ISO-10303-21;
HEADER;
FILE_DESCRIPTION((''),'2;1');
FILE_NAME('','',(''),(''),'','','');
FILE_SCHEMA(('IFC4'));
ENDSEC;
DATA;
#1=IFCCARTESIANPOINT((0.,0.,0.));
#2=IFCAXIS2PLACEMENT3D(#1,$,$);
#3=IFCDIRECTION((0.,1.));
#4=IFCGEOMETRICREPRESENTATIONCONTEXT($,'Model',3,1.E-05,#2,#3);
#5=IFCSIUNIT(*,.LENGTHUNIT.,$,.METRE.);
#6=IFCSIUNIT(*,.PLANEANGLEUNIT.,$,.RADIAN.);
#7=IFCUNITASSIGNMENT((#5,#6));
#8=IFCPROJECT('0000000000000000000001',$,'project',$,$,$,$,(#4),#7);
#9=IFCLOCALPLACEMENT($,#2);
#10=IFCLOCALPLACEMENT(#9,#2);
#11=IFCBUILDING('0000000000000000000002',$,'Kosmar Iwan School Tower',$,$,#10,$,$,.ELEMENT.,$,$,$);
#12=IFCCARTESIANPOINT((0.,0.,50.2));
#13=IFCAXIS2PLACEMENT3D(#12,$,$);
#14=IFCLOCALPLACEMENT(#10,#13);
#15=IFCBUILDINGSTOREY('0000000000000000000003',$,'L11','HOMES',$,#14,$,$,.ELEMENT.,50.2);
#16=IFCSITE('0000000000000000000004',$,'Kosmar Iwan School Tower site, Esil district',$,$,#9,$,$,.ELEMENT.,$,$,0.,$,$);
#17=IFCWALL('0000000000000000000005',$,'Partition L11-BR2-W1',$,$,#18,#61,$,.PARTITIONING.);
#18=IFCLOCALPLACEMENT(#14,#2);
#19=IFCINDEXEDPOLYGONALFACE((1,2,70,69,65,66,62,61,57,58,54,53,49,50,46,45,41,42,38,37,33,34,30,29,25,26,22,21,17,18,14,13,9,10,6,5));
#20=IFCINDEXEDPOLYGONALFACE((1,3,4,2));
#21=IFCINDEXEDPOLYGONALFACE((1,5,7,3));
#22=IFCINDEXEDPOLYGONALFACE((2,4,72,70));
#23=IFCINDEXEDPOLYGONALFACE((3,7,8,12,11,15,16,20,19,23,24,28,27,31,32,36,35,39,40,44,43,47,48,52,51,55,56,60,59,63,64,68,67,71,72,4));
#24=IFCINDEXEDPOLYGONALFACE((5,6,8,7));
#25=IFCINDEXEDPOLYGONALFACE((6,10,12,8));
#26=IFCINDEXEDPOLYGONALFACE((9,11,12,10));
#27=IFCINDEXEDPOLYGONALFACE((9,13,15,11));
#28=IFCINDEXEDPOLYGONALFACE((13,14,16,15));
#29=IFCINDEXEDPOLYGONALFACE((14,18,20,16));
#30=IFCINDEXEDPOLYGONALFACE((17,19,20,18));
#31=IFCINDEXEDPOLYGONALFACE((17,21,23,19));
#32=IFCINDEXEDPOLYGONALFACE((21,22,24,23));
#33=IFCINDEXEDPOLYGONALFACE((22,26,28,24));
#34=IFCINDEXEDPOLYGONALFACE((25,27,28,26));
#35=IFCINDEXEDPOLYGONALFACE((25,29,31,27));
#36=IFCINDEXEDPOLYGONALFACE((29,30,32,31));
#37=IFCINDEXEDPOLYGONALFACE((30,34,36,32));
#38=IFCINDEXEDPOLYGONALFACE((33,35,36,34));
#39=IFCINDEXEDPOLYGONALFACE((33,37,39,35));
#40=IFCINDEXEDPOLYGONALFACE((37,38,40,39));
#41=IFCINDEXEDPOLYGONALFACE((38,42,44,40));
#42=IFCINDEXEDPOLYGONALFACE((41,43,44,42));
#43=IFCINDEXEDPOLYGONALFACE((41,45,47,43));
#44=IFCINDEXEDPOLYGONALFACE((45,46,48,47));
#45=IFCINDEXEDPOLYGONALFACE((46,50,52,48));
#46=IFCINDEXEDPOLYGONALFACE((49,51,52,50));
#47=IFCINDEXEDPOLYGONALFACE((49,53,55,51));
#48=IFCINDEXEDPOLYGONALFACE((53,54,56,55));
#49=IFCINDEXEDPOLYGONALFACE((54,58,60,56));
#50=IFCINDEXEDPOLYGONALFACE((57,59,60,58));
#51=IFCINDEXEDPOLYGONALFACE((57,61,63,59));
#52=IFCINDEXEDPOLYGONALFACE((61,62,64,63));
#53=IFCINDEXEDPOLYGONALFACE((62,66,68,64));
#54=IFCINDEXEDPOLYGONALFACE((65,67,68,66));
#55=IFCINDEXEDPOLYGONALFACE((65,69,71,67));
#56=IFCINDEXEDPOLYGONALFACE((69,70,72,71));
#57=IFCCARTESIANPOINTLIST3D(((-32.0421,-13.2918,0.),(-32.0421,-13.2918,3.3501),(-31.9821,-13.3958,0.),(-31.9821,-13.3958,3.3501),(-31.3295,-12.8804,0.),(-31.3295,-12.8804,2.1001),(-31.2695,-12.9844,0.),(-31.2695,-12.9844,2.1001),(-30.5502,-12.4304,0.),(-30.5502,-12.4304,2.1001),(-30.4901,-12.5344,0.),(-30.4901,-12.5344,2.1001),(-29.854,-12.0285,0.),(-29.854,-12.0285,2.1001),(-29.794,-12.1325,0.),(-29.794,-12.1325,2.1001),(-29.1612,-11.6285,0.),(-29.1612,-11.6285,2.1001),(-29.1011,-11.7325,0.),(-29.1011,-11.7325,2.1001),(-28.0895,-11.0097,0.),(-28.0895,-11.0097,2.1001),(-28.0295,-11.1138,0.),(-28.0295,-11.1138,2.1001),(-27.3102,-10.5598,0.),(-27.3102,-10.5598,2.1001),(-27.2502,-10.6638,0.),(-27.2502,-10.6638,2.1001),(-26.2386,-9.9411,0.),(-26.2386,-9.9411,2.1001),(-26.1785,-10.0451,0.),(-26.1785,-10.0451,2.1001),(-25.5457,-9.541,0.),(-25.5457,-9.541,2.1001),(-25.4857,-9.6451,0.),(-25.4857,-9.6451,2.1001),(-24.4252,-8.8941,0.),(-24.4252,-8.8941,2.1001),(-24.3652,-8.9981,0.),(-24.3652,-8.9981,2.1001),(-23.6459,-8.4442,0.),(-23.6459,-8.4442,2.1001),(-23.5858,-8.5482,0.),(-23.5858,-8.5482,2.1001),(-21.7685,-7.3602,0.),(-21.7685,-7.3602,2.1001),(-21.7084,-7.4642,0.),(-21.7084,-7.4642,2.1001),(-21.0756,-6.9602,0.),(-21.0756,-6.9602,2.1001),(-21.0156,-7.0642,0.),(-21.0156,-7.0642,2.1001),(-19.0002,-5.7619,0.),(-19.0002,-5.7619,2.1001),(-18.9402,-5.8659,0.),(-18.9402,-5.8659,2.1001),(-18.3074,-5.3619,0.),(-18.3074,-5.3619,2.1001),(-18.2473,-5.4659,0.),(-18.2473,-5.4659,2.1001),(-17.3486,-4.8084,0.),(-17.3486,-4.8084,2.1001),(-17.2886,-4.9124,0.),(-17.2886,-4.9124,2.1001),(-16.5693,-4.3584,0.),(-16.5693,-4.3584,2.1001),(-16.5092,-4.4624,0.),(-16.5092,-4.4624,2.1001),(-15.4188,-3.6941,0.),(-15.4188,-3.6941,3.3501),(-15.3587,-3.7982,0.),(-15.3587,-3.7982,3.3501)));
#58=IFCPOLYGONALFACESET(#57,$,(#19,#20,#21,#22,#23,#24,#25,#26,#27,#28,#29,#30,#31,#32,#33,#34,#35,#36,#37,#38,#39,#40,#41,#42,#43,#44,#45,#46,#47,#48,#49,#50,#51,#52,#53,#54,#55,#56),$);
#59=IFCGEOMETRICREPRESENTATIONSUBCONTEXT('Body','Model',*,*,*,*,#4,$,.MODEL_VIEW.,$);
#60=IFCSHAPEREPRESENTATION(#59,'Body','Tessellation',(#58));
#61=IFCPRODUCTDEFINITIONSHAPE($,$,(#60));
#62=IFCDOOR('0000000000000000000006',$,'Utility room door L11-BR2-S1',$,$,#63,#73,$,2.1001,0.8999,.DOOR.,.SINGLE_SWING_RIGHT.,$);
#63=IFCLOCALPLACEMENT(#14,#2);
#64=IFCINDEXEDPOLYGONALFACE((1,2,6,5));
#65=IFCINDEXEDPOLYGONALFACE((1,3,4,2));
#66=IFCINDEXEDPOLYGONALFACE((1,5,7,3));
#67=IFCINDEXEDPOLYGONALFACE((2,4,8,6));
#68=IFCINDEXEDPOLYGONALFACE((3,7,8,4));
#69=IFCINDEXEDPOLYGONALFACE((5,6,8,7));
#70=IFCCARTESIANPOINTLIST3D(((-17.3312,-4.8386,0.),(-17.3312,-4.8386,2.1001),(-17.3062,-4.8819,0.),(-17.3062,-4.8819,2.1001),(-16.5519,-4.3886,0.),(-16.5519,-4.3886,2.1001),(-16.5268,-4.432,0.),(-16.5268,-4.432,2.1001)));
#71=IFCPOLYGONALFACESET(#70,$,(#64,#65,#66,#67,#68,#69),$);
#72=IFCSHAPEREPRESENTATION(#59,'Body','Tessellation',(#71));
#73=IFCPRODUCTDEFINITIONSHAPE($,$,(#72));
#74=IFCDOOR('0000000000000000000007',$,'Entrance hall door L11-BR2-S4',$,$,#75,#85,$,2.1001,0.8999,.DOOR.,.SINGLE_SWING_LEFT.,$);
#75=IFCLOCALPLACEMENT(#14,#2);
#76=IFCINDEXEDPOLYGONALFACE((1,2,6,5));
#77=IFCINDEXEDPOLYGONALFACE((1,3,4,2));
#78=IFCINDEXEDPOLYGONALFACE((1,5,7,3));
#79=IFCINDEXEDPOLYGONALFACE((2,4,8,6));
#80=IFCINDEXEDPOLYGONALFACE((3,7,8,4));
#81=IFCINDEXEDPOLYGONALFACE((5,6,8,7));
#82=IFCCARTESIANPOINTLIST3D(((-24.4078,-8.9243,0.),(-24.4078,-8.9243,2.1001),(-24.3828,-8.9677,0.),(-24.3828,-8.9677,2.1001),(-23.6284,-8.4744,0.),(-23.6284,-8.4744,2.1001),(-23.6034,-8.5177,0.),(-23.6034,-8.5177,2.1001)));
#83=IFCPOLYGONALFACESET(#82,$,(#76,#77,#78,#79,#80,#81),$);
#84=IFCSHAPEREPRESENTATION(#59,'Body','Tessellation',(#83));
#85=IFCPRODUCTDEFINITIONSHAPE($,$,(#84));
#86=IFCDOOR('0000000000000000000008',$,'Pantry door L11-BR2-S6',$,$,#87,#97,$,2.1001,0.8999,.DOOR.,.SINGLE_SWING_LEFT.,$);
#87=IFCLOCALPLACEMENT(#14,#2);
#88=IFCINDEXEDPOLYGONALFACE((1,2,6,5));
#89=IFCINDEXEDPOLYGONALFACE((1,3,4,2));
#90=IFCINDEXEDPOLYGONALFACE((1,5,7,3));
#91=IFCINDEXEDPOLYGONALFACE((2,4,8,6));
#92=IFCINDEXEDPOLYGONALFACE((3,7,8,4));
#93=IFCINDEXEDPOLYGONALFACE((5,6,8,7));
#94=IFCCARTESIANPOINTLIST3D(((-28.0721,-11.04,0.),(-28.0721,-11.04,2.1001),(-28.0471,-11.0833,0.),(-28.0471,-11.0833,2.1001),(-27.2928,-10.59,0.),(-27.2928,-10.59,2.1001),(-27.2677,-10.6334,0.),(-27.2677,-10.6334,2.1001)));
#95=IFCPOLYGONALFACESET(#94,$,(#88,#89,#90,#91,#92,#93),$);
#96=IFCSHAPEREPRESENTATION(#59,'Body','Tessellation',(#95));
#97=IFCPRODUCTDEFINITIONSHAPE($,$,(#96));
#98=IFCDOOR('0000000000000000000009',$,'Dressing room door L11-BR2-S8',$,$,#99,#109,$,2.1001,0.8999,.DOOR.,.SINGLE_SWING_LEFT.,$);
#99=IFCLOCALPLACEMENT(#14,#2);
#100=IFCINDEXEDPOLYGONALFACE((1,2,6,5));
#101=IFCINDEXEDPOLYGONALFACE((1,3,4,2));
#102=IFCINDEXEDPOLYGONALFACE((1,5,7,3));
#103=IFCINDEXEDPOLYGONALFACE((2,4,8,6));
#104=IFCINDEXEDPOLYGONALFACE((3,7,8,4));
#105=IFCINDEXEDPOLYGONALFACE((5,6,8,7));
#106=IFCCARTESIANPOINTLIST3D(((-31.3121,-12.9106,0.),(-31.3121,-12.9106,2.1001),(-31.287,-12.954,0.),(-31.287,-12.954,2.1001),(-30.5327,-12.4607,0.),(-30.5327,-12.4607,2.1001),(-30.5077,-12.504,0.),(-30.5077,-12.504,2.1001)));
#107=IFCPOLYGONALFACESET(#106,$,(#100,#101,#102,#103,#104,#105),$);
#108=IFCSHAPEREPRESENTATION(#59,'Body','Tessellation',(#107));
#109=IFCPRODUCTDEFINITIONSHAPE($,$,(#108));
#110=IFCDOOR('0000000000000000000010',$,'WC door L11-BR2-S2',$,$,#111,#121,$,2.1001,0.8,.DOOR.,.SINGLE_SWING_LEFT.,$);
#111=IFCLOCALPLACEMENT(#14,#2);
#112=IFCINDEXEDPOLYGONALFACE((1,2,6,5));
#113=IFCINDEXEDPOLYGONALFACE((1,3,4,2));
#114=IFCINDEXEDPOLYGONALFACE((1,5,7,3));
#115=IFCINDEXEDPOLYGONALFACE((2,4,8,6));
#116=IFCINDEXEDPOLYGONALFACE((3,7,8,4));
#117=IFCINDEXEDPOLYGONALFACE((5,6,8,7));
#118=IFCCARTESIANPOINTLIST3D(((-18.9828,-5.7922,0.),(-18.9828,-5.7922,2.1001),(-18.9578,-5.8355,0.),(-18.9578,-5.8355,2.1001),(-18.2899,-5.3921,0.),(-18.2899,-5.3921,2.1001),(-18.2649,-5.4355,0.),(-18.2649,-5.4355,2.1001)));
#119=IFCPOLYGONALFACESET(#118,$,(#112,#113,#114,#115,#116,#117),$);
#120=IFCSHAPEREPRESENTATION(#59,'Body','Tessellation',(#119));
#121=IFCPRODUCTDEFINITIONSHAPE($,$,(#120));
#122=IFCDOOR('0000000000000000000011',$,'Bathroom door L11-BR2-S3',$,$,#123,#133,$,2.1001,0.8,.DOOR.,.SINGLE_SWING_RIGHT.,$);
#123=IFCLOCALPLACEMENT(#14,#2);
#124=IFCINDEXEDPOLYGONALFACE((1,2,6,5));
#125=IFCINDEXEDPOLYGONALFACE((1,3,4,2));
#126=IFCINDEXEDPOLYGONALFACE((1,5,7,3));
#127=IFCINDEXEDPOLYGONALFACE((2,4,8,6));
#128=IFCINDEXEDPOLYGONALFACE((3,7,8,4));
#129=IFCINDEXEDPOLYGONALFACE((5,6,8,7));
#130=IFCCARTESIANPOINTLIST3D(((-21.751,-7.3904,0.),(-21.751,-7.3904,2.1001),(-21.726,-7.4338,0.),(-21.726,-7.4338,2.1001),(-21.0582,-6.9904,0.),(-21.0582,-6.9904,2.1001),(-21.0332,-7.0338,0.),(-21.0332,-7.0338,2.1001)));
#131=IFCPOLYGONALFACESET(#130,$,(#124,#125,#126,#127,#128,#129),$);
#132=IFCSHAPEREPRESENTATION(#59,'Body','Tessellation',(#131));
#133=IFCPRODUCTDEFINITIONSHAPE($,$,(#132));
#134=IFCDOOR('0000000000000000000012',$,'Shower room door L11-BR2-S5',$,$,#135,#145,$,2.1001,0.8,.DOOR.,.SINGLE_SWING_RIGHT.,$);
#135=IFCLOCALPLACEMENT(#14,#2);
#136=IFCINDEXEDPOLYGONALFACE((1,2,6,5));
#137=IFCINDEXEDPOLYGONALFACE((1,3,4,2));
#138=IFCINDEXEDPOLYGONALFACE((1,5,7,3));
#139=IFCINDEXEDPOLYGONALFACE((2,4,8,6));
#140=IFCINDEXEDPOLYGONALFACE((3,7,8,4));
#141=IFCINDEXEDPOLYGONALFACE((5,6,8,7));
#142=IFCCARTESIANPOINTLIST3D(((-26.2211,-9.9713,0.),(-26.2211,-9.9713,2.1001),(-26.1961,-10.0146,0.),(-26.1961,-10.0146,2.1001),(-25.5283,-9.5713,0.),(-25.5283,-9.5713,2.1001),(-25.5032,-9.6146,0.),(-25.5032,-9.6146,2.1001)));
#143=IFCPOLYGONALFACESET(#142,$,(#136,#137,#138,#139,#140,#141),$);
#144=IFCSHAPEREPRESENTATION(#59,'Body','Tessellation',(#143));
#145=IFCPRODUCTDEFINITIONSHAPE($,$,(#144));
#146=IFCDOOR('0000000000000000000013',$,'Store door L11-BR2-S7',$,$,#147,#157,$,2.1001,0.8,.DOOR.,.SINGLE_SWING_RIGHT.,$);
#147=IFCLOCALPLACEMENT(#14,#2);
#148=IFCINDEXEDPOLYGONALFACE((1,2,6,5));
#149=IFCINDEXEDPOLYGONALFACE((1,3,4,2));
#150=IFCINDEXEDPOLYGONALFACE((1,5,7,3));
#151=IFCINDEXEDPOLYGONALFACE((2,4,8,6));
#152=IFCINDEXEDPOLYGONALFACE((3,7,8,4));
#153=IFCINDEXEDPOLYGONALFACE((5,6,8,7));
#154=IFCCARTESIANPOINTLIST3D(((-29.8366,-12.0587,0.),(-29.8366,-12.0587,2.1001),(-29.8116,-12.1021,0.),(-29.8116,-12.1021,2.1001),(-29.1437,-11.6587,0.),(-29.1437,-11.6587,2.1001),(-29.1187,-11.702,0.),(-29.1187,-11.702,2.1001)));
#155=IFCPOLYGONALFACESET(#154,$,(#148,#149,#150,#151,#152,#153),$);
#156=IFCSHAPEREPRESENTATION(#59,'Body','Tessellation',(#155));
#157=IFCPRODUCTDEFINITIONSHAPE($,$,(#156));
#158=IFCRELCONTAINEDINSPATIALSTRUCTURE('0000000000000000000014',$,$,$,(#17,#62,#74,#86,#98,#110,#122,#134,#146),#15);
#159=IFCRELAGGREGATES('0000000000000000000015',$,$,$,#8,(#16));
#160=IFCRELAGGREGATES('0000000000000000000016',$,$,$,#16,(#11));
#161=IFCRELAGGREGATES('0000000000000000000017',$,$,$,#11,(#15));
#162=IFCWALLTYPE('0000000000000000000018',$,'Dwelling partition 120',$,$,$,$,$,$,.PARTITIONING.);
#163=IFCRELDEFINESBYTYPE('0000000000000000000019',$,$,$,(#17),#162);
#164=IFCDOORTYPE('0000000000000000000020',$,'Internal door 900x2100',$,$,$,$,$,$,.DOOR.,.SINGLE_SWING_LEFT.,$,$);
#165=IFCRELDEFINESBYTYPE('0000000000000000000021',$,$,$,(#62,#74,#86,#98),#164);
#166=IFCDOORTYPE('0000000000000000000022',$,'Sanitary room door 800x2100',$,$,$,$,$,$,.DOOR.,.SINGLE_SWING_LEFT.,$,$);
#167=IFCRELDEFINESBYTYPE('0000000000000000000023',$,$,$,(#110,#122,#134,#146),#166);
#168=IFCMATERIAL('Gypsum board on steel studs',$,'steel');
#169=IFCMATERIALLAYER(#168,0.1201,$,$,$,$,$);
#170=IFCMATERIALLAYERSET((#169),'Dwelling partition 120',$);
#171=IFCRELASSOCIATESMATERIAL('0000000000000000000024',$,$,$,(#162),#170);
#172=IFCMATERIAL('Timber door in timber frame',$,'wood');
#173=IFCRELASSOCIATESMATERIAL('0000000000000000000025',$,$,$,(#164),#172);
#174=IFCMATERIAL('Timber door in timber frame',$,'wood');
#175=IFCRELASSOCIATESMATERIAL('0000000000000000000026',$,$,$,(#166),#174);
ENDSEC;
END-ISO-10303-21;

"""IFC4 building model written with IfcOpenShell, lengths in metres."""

from ifc_helpers import new_model, si_unit, direction, frame, frame_2d, origin, place, context, subcontext, project, spatial, rectangle, extrude, material, layer, layer_set, type_object, element, fill, save


model = new_model("IFC4")

# Units and contexts
model_context = context("Model", 3, precision=1e-05, world=origin(), true_north=direction((0.0, 1.0)))
body_context = subcontext(model_context, "Body", "Model", "MODEL_VIEW")
ifc_project = project(units=[si_unit("LENGTHUNIT", "METRE"), si_unit("PLANEANGLEUNIT", "RADIAN")], contexts=[model_context])

# Site, building, storey
site_placement = place(None, origin())
site = spatial("IfcSite", under=ifc_project, at=site_placement, Name="Kosmar Iwan School Tower site, Esil district", CompositionType="ELEMENT", RefElevation=0.0)
building_placement = place(site_placement, origin())
building = spatial("IfcBuilding", under=site, at=building_placement, Name="Kosmar Iwan School Tower", CompositionType="ELEMENT")
storey_placement = place(building_placement, frame((0.0, 0.0, 50.2)))
storey = spatial("IfcBuildingStorey", under=building, at=storey_placement, Name="L11", Description="HOMES", CompositionType="ELEMENT", Elevation=50.2)

# Shared definitions
ifc_material_1 = material(Name="Gypsum board on steel studs", Category="steel")
ifc_layer_1 = layer(ifc_material_1, 0.1201)
ifc_layer_set_1 = layer_set([ifc_layer_1], Name="Dwelling partition 120")
wall_type_1 = type_object("IfcWallType", Name="Dwelling partition 120", PredefinedType="PARTITIONING", material=ifc_layer_set_1)
ifc_material_2 = material(Name="Timber door in timber frame", Category="wood")
door_type_1 = type_object("IfcDoorType", Name="Internal door 900x2100", OperationType="SINGLE_SWING_LEFT", PredefinedType="DOOR", material=ifc_material_2)
ifc_material_3 = material(Name="Timber door in timber frame", Category="wood")
door_type_2 = type_object("IfcDoorType", Name="Sanitary room door 800x2100", OperationType="SINGLE_SWING_LEFT", PredefinedType="DOOR", material=ifc_material_3)

# Wall, openings, doors
wall_1_placement = place(storey_placement, frame((-15.3887, -3.7461, 0.0), z_axis=(0.0, 0.0, 1.0), x_axis=(-0.866021, -0.500008, 0.0)))
wall_1 = element("IfcWall", 1, at=wall_1_placement, inside=storey, type_object=wall_type_1, Name="Partition L11-BR2-W1", PredefinedType="PARTITIONING", context=body_context, shape_type="SweptSolid", body=[
    extrude(rectangle(XDim=19.1951, YDim=0.1201, at=frame_2d((9.5977, 0.0))), origin(), (0.0, 0.0, 1.0), 3.3501),
])
opening_1_placement = place(wall_1_placement, frame((1.3286, 0.0, 0.0)))
opening_1 = element("IfcOpeningElement", 2, at=opening_1_placement, cuts=wall_1, PredefinedType="OPENING", context=body_context, shape_type="SweptSolid", body=[
    extrude(rectangle(XDim=0.8999, YDim=2.1001, at=frame_2d((0.45, 1.05))), frame((0.0, 0.072, 0.0), z_axis=(0.0, -1.0, 0.0), x_axis=(1.0, 0.0, 0.0)), (0.0, 0.0, 1.0), 0.144),
])
opening_2_placement = place(wall_1_placement, frame((3.3357, 0.0, 0.0)))
opening_2 = element("IfcOpeningElement", 3, at=opening_2_placement, cuts=wall_1, PredefinedType="OPENING", context=body_context, shape_type="SweptSolid", body=[
    extrude(rectangle(XDim=0.8, YDim=2.1001, at=frame_2d((0.3999, 1.05))), frame((0.0, 0.072, 0.0), z_axis=(0.0, -1.0, 0.0), x_axis=(1.0, 0.0, 0.0)), (0.0, 0.0, 1.0), 0.144),
])
opening_3_placement = place(wall_1_placement, frame((6.5322, 0.0, 0.0)))
opening_3 = element("IfcOpeningElement", 4, at=opening_3_placement, cuts=wall_1, PredefinedType="OPENING", context=body_context, shape_type="SweptSolid", body=[
    extrude(rectangle(XDim=0.8, YDim=2.1001, at=frame_2d((0.3999, 1.05))), frame((0.0, 0.072, 0.0), z_axis=(0.0, -1.0, 0.0), x_axis=(1.0, 0.0, 0.0)), (0.0, 0.0, 1.0), 0.144),
])
opening_4_placement = place(wall_1_placement, frame((9.5, 0.0, 0.0)))
opening_4 = element("IfcOpeningElement", 5, at=opening_4_placement, cuts=wall_1, PredefinedType="OPENING", context=body_context, shape_type="SweptSolid", body=[
    extrude(rectangle(XDim=0.8999, YDim=2.1001, at=frame_2d((0.45, 1.05))), frame((0.0, 0.072, 0.0), z_axis=(0.0, -1.0, 0.0), x_axis=(1.0, 0.0, 0.0)), (0.0, 0.0, 1.0), 0.144),
])
opening_5_placement = place(wall_1_placement, frame((11.6938, 0.0, 0.0)))
opening_5 = element("IfcOpeningElement", 6, at=opening_5_placement, cuts=wall_1, PredefinedType="OPENING", context=body_context, shape_type="SweptSolid", body=[
    extrude(rectangle(XDim=0.8, YDim=2.1001, at=frame_2d((0.3999, 1.05))), frame((0.0, 0.072, 0.0), z_axis=(0.0, -1.0, 0.0), x_axis=(1.0, 0.0, 0.0)), (0.0, 0.0, 1.0), 0.144),
])
opening_6_placement = place(wall_1_placement, frame((13.7312, 0.0, 0.0)))
opening_6 = element("IfcOpeningElement", 7, at=opening_6_placement, cuts=wall_1, PredefinedType="OPENING", context=body_context, shape_type="SweptSolid", body=[
    extrude(rectangle(XDim=0.8999, YDim=2.1001, at=frame_2d((0.45, 1.05))), frame((0.0, 0.072, 0.0), z_axis=(0.0, -1.0, 0.0), x_axis=(1.0, 0.0, 0.0)), (0.0, 0.0, 1.0), 0.144),
])
opening_7_placement = place(wall_1_placement, frame((15.8687, 0.0, 0.0)))
opening_7 = element("IfcOpeningElement", 8, at=opening_7_placement, cuts=wall_1, PredefinedType="OPENING", context=body_context, shape_type="SweptSolid", body=[
    extrude(rectangle(XDim=0.8, YDim=2.1001, at=frame_2d((0.3999, 1.05))), frame((0.0, 0.072, 0.0), z_axis=(0.0, -1.0, 0.0), x_axis=(1.0, 0.0, 0.0)), (0.0, 0.0, 1.0), 0.144),
])
opening_8_placement = place(wall_1_placement, frame((17.4724, 0.0, 0.0)))
opening_8 = element("IfcOpeningElement", 9, at=opening_8_placement, cuts=wall_1, PredefinedType="OPENING", context=body_context, shape_type="SweptSolid", body=[
    extrude(rectangle(XDim=0.8999, YDim=2.1001, at=frame_2d((0.45, 1.05))), frame((0.0, 0.072, 0.0), z_axis=(0.0, -1.0, 0.0), x_axis=(1.0, 0.0, 0.0)), (0.0, 0.0, 1.0), 0.144),
])
door_1_placement = place(opening_1_placement, origin())
door_1 = element("IfcDoor", 10, at=door_1_placement, inside=storey, type_object=door_type_1, Name="Utility room door L11-BR2-S1", OperationType="SINGLE_SWING_RIGHT", OverallHeight=2.1001, OverallWidth=0.8999, PredefinedType="DOOR", context=body_context, shape_type="SweptSolid", body=[
    extrude(rectangle(XDim=0.8999, YDim=2.1001, at=frame_2d((0.45, 1.05))), frame((0.0, 0.0249, 0.0), z_axis=(0.0, -1.0, 0.0), x_axis=(1.0, 0.0, 0.0)), (0.0, 0.0, 1.0), 0.05),
])
fill(opening_1, door_1)
door_2_placement = place(opening_4_placement, origin())
door_2 = element("IfcDoor", 11, at=door_2_placement, inside=storey, type_object=door_type_1, Name="Entrance hall door L11-BR2-S4", OperationType="SINGLE_SWING_LEFT", OverallHeight=2.1001, OverallWidth=0.8999, PredefinedType="DOOR", context=body_context, shape_type="SweptSolid", body=[
    extrude(rectangle(XDim=0.8999, YDim=2.1001, at=frame_2d((0.45, 1.05))), frame((0.0, 0.0249, 0.0), z_axis=(0.0, -1.0, 0.0), x_axis=(1.0, 0.0, 0.0)), (0.0, 0.0, 1.0), 0.05),
])
fill(opening_4, door_2)
door_3_placement = place(opening_6_placement, origin())
door_3 = element("IfcDoor", 12, at=door_3_placement, inside=storey, type_object=door_type_1, Name="Pantry door L11-BR2-S6", OperationType="SINGLE_SWING_LEFT", OverallHeight=2.1001, OverallWidth=0.8999, PredefinedType="DOOR", context=body_context, shape_type="SweptSolid", body=[
    extrude(rectangle(XDim=0.8999, YDim=2.1001, at=frame_2d((0.45, 1.05))), frame((0.0, 0.0249, 0.0), z_axis=(0.0, -1.0, 0.0), x_axis=(1.0, 0.0, 0.0)), (0.0, 0.0, 1.0), 0.05),
])
fill(opening_6, door_3)
door_4_placement = place(opening_8_placement, origin())
door_4 = element("IfcDoor", 13, at=door_4_placement, inside=storey, type_object=door_type_1, Name="Dressing room door L11-BR2-S8", OperationType="SINGLE_SWING_LEFT", OverallHeight=2.1001, OverallWidth=0.8999, PredefinedType="DOOR", context=body_context, shape_type="SweptSolid", body=[
    extrude(rectangle(XDim=0.8999, YDim=2.1001, at=frame_2d((0.45, 1.05))), frame((0.0, 0.0249, 0.0), z_axis=(0.0, -1.0, 0.0), x_axis=(1.0, 0.0, 0.0)), (0.0, 0.0, 1.0), 0.05),
])
fill(opening_8, door_4)
door_5_placement = place(opening_2_placement, origin())
door_5 = element("IfcDoor", 14, at=door_5_placement, inside=storey, type_object=door_type_2, Name="WC door L11-BR2-S2", OperationType="SINGLE_SWING_LEFT", OverallHeight=2.1001, OverallWidth=0.8, PredefinedType="DOOR", context=body_context, shape_type="SweptSolid", body=[
    extrude(rectangle(XDim=0.8, YDim=2.1001, at=frame_2d((0.3999, 1.05))), frame((0.0, 0.0249, 0.0), z_axis=(0.0, -1.0, 0.0), x_axis=(1.0, 0.0, 0.0)), (0.0, 0.0, 1.0), 0.05),
])
fill(opening_2, door_5)
door_6_placement = place(opening_3_placement, origin())
door_6 = element("IfcDoor", 15, at=door_6_placement, inside=storey, type_object=door_type_2, Name="Bathroom door L11-BR2-S3", OperationType="SINGLE_SWING_RIGHT", OverallHeight=2.1001, OverallWidth=0.8, PredefinedType="DOOR", context=body_context, shape_type="SweptSolid", body=[
    extrude(rectangle(XDim=0.8, YDim=2.1001, at=frame_2d((0.3999, 1.05))), frame((0.0, 0.0249, 0.0), z_axis=(0.0, -1.0, 0.0), x_axis=(1.0, 0.0, 0.0)), (0.0, 0.0, 1.0), 0.05),
])
fill(opening_3, door_6)
door_7_placement = place(opening_5_placement, origin())
door_7 = element("IfcDoor", 16, at=door_7_placement, inside=storey, type_object=door_type_2, Name="Shower room door L11-BR2-S5", OperationType="SINGLE_SWING_RIGHT", OverallHeight=2.1001, OverallWidth=0.8, PredefinedType="DOOR", context=body_context, shape_type="SweptSolid", body=[
    extrude(rectangle(XDim=0.8, YDim=2.1001, at=frame_2d((0.3999, 1.05))), frame((0.0, 0.0249, 0.0), z_axis=(0.0, -1.0, 0.0), x_axis=(1.0, 0.0, 0.0)), (0.0, 0.0, 1.0), 0.05),
])
fill(opening_5, door_7)
door_8_placement = place(opening_7_placement, origin())
door_8 = element("IfcDoor", 17, at=door_8_placement, inside=storey, type_object=door_type_2, Name="Store door L11-BR2-S7", OperationType="SINGLE_SWING_RIGHT", OverallHeight=2.1001, OverallWidth=0.8, PredefinedType="DOOR", context=body_context, shape_type="SweptSolid", body=[
    extrude(rectangle(XDim=0.8, YDim=2.1001, at=frame_2d((0.3999, 1.05))), frame((0.0, 0.0249, 0.0), z_axis=(0.0, -1.0, 0.0), x_axis=(1.0, 0.0, 0.0)), (0.0, 0.0, 1.0), 0.05),
])
fill(opening_7, door_8)

save(model, "model.ifc")
